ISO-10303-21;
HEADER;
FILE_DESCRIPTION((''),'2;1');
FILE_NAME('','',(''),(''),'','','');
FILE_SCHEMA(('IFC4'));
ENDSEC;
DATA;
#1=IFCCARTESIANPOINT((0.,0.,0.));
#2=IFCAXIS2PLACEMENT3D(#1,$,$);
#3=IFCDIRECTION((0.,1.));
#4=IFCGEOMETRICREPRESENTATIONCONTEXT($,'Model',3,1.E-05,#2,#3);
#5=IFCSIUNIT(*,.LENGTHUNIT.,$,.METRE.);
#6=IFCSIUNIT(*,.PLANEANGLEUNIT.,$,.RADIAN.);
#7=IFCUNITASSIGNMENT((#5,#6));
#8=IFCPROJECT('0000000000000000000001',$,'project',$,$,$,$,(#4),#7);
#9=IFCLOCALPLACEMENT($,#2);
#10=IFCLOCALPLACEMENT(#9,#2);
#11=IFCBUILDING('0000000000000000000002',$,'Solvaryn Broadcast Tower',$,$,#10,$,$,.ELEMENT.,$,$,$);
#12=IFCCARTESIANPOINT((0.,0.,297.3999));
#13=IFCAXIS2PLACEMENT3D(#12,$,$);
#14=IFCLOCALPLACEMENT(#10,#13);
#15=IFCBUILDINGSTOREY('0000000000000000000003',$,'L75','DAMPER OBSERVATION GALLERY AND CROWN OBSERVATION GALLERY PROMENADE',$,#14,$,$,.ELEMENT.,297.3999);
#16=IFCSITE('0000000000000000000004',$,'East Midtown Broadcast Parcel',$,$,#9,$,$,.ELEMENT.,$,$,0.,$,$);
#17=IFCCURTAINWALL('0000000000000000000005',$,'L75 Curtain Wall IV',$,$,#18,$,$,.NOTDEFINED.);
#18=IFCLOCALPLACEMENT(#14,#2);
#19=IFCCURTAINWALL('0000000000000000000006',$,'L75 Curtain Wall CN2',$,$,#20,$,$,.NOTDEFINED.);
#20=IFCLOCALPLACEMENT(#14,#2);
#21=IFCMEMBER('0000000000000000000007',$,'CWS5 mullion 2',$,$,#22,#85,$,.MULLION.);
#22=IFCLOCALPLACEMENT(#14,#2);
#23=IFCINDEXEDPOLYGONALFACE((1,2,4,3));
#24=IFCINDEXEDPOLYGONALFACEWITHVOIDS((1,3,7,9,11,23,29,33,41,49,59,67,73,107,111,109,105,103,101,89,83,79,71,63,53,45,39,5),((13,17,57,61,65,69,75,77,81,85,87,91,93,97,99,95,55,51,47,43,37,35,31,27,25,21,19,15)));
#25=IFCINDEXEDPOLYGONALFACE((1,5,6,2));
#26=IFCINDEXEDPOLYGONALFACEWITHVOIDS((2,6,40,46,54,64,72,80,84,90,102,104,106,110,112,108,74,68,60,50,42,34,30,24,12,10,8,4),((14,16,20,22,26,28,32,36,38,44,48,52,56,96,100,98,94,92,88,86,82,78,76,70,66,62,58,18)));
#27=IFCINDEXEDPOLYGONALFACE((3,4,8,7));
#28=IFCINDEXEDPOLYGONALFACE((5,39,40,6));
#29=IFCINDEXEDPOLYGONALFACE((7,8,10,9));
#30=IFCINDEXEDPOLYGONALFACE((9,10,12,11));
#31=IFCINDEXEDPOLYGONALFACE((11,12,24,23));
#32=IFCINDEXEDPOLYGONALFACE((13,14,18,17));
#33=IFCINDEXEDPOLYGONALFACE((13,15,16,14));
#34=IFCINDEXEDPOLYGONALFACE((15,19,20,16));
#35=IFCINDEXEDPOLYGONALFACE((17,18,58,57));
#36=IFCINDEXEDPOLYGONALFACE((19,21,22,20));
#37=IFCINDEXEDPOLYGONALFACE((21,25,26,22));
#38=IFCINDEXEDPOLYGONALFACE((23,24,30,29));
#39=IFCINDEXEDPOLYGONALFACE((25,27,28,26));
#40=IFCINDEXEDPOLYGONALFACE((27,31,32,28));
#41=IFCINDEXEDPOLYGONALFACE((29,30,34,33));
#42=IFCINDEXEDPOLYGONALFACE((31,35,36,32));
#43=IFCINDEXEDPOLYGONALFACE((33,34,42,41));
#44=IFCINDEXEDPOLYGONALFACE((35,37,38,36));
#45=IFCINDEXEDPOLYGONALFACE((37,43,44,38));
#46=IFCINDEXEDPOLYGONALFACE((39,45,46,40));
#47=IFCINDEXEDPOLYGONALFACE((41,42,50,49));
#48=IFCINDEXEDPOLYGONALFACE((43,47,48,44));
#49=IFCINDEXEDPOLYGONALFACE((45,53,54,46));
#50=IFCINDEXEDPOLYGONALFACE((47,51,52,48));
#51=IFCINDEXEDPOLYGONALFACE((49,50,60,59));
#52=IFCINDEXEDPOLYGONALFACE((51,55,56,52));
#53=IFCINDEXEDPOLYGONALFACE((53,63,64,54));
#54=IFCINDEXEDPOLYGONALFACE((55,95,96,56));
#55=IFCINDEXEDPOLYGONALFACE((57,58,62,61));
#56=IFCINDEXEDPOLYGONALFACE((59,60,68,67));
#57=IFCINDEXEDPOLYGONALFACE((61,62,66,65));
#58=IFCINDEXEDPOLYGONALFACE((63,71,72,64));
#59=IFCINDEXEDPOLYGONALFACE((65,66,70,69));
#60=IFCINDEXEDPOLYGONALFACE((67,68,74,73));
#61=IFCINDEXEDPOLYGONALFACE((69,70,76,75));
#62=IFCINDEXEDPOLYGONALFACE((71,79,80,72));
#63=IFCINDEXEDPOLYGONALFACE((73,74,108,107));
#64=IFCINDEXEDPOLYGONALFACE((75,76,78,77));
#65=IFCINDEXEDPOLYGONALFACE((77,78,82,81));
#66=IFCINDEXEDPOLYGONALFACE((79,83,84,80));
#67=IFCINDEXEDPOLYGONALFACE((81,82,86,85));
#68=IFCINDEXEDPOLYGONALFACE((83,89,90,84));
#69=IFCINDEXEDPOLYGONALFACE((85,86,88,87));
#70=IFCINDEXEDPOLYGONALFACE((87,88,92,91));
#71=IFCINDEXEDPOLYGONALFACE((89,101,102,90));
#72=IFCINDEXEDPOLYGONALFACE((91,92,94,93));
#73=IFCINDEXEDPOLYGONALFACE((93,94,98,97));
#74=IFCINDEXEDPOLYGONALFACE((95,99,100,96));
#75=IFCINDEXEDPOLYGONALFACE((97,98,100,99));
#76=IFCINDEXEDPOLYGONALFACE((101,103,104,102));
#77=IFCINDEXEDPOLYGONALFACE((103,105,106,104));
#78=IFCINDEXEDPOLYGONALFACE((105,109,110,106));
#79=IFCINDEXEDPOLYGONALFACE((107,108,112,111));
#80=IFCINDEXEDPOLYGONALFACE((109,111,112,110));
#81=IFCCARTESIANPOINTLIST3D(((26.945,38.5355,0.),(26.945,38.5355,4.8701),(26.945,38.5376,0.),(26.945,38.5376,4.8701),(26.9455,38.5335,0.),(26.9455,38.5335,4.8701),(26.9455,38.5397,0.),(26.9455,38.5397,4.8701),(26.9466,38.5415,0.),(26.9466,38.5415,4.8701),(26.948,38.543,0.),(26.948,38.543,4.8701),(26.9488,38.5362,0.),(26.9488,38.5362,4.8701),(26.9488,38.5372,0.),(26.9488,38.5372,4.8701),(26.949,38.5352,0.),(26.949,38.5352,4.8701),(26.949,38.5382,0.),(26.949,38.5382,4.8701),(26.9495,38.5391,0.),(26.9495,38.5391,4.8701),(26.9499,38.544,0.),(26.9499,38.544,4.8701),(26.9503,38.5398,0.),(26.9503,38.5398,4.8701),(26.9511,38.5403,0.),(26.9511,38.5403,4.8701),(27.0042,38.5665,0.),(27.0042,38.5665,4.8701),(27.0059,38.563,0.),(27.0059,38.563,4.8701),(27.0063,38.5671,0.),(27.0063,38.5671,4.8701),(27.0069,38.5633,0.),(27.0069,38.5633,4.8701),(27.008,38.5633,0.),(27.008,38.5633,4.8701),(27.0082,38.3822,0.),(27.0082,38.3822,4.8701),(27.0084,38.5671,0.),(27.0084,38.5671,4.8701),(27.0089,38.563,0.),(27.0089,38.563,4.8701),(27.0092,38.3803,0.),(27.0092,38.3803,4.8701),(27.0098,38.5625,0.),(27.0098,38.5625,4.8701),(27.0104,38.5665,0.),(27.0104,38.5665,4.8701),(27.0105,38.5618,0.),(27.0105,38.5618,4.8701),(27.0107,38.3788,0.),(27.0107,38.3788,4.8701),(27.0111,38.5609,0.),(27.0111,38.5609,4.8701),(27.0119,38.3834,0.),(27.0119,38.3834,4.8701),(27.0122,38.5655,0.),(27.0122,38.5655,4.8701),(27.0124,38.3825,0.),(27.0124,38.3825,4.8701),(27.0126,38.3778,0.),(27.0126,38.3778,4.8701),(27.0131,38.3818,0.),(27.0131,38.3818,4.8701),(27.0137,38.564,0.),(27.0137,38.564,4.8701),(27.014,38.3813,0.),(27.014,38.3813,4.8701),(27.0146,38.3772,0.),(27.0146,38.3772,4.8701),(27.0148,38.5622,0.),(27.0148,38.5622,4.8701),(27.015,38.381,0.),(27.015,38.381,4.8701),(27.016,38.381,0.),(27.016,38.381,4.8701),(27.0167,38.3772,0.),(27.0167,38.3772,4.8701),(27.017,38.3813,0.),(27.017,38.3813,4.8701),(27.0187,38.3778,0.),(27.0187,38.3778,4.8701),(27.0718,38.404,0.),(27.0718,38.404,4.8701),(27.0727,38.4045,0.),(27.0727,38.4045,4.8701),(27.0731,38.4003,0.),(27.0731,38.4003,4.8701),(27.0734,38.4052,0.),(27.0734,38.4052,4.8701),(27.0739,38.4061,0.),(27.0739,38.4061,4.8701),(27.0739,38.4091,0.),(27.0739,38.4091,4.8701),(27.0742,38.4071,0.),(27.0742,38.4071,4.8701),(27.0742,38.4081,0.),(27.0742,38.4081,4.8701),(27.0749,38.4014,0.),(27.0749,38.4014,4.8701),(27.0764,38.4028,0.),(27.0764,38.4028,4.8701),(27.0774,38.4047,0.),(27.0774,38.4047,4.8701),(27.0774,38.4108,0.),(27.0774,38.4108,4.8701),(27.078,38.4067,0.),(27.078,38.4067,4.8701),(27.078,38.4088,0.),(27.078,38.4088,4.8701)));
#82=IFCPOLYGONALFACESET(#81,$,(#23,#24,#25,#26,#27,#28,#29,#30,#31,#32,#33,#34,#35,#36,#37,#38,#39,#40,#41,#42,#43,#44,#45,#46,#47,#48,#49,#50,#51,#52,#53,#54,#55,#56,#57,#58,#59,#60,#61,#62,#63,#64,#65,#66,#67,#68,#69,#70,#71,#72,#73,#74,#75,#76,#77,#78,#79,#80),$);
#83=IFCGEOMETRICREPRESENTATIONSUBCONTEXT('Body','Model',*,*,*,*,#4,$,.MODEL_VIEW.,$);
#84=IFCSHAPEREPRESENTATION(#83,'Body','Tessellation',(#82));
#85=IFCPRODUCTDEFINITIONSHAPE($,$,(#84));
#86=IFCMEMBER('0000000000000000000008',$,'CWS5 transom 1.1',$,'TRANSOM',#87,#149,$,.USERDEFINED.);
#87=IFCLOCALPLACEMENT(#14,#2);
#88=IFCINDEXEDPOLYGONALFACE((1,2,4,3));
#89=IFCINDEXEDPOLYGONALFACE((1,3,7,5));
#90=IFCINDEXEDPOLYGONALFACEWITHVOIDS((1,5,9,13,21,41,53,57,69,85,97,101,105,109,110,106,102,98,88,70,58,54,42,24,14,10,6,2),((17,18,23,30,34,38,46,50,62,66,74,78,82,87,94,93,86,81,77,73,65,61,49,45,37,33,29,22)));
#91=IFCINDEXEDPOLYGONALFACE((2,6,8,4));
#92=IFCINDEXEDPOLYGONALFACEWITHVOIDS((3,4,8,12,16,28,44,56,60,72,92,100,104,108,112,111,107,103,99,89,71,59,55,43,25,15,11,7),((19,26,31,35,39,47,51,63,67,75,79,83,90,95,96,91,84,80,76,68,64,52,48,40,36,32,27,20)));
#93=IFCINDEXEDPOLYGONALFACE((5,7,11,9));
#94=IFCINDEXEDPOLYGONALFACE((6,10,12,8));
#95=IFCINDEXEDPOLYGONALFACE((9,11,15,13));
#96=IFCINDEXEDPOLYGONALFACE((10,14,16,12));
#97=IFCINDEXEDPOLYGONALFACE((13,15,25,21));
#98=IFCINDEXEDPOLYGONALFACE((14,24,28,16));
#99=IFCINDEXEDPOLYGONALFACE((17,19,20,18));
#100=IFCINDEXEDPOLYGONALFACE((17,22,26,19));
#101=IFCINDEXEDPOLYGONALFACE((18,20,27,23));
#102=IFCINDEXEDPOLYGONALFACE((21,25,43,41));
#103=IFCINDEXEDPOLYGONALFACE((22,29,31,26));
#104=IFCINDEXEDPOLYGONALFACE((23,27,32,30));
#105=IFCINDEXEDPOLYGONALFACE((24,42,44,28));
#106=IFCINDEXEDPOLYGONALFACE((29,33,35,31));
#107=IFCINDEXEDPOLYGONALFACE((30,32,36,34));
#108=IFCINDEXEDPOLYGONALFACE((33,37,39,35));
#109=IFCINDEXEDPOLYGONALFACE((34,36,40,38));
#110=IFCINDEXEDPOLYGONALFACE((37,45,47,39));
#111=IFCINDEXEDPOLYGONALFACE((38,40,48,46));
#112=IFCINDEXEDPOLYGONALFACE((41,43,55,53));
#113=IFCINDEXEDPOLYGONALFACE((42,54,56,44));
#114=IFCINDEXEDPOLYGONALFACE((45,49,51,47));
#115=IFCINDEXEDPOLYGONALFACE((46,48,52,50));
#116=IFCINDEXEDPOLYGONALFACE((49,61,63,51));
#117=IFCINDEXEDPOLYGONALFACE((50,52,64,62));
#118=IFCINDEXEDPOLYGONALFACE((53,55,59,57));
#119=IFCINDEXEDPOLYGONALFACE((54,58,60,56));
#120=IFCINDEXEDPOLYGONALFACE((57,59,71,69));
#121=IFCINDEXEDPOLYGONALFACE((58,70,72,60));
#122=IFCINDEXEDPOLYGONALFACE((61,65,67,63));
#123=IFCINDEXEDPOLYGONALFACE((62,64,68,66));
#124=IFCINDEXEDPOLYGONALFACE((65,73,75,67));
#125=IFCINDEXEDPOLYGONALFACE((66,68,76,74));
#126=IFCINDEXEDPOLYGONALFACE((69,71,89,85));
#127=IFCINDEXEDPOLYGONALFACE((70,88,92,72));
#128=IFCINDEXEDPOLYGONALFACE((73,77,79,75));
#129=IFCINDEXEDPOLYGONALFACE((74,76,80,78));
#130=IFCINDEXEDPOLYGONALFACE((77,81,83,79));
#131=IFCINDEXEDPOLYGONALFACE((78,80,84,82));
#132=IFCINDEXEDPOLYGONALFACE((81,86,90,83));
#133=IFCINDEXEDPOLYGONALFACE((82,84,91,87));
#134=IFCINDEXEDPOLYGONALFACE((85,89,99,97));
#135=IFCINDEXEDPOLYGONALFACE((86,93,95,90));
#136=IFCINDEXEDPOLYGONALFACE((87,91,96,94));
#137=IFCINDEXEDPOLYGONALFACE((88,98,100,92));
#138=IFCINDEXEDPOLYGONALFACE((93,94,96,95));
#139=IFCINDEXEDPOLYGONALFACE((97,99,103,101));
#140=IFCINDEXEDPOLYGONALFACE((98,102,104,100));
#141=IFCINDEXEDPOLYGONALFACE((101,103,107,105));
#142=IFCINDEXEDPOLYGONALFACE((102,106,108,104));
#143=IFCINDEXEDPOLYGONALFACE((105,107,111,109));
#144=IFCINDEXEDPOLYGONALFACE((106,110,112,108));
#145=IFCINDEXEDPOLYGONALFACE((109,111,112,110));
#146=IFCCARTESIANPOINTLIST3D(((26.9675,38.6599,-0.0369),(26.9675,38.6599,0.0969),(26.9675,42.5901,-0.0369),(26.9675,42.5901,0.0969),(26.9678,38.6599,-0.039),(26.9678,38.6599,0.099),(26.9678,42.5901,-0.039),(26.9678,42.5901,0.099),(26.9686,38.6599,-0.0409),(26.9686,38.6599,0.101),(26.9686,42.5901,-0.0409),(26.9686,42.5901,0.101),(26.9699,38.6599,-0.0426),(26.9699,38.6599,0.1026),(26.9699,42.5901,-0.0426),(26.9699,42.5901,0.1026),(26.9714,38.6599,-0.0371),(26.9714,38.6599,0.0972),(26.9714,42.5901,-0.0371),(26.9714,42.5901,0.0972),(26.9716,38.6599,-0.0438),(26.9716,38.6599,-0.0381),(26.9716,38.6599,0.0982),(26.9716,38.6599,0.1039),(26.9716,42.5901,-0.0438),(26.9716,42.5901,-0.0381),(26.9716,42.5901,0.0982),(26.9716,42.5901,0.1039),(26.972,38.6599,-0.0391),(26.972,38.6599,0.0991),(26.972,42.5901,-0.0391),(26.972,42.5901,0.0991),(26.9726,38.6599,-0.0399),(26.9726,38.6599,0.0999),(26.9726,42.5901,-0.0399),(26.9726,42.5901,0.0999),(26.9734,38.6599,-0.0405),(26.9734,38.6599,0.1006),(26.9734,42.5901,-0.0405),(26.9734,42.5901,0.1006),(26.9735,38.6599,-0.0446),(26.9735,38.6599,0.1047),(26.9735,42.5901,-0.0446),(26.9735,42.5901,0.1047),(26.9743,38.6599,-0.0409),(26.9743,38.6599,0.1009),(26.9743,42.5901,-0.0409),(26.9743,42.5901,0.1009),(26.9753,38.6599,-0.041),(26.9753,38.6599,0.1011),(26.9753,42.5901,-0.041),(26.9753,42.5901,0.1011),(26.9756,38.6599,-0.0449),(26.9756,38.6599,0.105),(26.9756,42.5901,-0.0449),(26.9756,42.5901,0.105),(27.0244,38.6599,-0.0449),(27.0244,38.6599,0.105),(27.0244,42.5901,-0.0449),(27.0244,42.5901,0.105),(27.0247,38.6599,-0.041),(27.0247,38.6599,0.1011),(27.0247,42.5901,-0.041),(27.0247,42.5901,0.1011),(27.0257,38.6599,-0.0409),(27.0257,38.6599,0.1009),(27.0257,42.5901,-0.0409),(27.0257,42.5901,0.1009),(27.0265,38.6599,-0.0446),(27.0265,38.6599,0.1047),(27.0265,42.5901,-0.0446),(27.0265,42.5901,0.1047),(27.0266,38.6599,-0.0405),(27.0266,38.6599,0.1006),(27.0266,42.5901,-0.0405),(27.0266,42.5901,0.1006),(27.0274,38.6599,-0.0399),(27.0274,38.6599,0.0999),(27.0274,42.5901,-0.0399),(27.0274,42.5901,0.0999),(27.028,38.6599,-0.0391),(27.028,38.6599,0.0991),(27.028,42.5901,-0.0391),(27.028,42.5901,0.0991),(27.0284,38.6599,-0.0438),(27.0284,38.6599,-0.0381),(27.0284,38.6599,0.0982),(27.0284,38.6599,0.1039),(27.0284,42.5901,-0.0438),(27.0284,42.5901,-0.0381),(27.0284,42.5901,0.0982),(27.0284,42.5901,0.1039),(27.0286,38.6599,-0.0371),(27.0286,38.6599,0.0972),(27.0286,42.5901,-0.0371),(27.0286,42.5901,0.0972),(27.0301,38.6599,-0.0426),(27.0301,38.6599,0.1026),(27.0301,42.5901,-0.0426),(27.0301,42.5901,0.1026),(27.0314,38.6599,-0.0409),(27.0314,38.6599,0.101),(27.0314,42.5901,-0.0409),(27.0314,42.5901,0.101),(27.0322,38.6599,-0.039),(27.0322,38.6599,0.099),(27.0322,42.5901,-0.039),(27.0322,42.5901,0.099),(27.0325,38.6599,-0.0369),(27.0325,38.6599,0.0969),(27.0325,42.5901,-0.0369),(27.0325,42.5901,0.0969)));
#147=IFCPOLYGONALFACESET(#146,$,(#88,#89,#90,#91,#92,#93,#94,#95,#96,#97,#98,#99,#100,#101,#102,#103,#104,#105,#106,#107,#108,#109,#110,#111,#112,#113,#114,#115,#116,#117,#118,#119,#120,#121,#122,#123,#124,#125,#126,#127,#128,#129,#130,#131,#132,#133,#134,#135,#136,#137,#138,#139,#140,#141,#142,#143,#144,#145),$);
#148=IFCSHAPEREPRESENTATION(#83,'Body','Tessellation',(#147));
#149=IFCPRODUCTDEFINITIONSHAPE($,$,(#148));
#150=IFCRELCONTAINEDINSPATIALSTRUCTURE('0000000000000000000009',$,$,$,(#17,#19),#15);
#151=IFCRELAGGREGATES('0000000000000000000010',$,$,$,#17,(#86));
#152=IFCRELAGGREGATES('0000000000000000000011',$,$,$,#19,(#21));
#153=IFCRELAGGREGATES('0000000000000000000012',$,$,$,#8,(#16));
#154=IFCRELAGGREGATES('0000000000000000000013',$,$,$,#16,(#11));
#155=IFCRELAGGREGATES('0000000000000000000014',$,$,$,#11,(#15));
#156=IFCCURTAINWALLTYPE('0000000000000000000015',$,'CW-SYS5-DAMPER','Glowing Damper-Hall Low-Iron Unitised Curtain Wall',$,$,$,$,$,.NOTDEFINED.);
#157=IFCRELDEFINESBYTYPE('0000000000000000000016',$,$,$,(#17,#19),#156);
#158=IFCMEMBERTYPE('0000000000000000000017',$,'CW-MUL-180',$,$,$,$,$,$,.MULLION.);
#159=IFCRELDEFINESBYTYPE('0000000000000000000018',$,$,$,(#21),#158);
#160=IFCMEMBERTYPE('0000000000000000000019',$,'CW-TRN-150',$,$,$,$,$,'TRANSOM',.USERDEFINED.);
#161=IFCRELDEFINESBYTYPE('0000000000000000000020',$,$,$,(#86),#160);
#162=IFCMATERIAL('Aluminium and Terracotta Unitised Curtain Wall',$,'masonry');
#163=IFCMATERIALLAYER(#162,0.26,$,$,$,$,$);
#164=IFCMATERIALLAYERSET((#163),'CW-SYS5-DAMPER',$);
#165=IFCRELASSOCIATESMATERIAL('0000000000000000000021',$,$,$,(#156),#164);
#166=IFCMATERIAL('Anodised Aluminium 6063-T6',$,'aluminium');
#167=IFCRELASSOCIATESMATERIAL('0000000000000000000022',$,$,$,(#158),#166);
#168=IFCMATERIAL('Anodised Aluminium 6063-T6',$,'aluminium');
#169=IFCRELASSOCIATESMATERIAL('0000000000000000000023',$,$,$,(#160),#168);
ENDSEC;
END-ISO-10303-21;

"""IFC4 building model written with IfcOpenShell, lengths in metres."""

from ifc_helpers import new_model, si_unit, direction, frame, origin, origin_2d, place, context, subcontext, project, spatial, hollow_rectangle, extrude, material, layer, layer_set, material_profile, profile_set, type_object, element, aggregate, save


model = new_model("IFC4")

# Units and contexts
model_context = context("Model", 3, precision=1e-05, world=origin(), true_north=direction((0.0, 1.0)))
body_context = subcontext(model_context, "Body", "Model", "MODEL_VIEW")
ifc_project = project(units=[si_unit("LENGTHUNIT", "METRE"), si_unit("PLANEANGLEUNIT", "RADIAN")], contexts=[model_context])

# Site, building, storey
site_placement = place(None, origin())
site = spatial("IfcSite", under=ifc_project, at=site_placement, Name="East Midtown Broadcast Parcel", CompositionType="ELEMENT", RefElevation=0.0)
building_placement = place(site_placement, origin())
building = spatial("IfcBuilding", under=site, at=building_placement, Name="Solvaryn Broadcast Tower", CompositionType="ELEMENT")
storey_placement = place(building_placement, frame((0.0, 0.0, 297.3999)))
storey = spatial("IfcBuildingStorey", under=building, at=storey_placement, Name="L75", Description="DAMPER OBSERVATION GALLERY AND CROWN OBSERVATION GALLERY PROMENADE", CompositionType="ELEMENT", Elevation=297.3999)

# Curtain wall
ifc_material_1 = material(Name="Aluminium and Terracotta Unitised Curtain Wall", Category="masonry")
ifc_layer_1 = layer(ifc_material_1, 0.26)
ifc_layer_set_1 = layer_set([ifc_layer_1], Name="CW-SYS5-DAMPER")
curtain_wall_type = type_object("IfcCurtainWallType", Name="CW-SYS5-DAMPER", Description="Glowing Damper-Hall Low-Iron Unitised Curtain Wall", PredefinedType="NOTDEFINED", material=ifc_layer_set_1)
curtain_wall_1_placement = place(storey_placement, origin())
curtain_wall_1 = element("IfcCurtainWall", 1, at=curtain_wall_1_placement, inside=storey, type_object=curtain_wall_type, Name="L75 Curtain Wall IV", PredefinedType="NOTDEFINED")
ifc_material_2 = material(Name="Anodised Aluminium 6063-T6", Category="aluminium")
ifc_material_profile_1 = material_profile(ifc_material_2, hollow_rectangle(XDim=0.075, YDim=0.1799, WallThickness=0.0039, InnerFilletRadius=0.0039, OuterFilletRadius=0.0081, at=origin_2d()))
ifc_profile_set_1 = profile_set([ifc_material_profile_1], Name="Anodised Aluminium 6063-T6")
member_type_1 = type_object("IfcMemberType", Name="CW-MUL-180", PredefinedType="MULLION", material=ifc_profile_set_1)

# Curtain wall, member
curtain_wall_2_placement = place(storey_placement, origin())
curtain_wall_2 = element("IfcCurtainWall", 2, at=curtain_wall_2_placement, inside=storey, type_object=curtain_wall_type, Name="L75 Curtain Wall CN2", PredefinedType="NOTDEFINED")
member_1_placement = place(storey_placement, frame((27.0115, 38.4722, 0.0), z_axis=(0.0, 0.0, 1.0), x_axis=(-0.923895, -0.382646, 0.0)))
member_1 = element("IfcMember", 3, at=member_1_placement, type_object=member_type_1, Name="CWS5 mullion 2", PredefinedType="MULLION", context=body_context, shape_type="SweptSolid", body=[
    extrude(hollow_rectangle(XDim=0.075, YDim=0.1799, WallThickness=0.0039, InnerFilletRadius=0.0039, OuterFilletRadius=0.0081, at=origin_2d()), origin(), (0.0, 0.0, 1.0), 4.8701),
])

# Member
ifc_material_3 = material(Name="Anodised Aluminium 6063-T6", Category="aluminium")
ifc_material_profile_2 = material_profile(ifc_material_3, hollow_rectangle(XDim=0.0649, YDim=0.1499, WallThickness=0.0039, InnerFilletRadius=0.0039, OuterFilletRadius=0.0081, at=origin_2d()))
ifc_profile_set_2 = profile_set([ifc_material_profile_2], Name="Anodised Aluminium 6063-T6")
member_type_2 = type_object("IfcMemberType", Name="CW-TRN-150", ElementType="TRANSOM", PredefinedType="USERDEFINED", material=ifc_profile_set_2)
member_2_placement = place(storey_placement, frame((27.0, 42.5901, 0.03), z_axis=(0.0, -1.0, 0.0), x_axis=(1.0, 0.0, 0.0)))
member_2 = element("IfcMember", 4, at=member_2_placement, type_object=member_type_2, Name="CWS5 transom 1.1", ObjectType="TRANSOM", PredefinedType="USERDEFINED", context=body_context, shape_type="SweptSolid", body=[
    extrude(hollow_rectangle(XDim=0.0649, YDim=0.1499, WallThickness=0.0039, InnerFilletRadius=0.0039, OuterFilletRadius=0.0081, at=origin_2d()), origin(), (0.0, 0.0, 1.0), 3.9302),
])
aggregate(curtain_wall_1, [member_2])

aggregate(curtain_wall_2, [member_1])

save(model, "model.ifc")
